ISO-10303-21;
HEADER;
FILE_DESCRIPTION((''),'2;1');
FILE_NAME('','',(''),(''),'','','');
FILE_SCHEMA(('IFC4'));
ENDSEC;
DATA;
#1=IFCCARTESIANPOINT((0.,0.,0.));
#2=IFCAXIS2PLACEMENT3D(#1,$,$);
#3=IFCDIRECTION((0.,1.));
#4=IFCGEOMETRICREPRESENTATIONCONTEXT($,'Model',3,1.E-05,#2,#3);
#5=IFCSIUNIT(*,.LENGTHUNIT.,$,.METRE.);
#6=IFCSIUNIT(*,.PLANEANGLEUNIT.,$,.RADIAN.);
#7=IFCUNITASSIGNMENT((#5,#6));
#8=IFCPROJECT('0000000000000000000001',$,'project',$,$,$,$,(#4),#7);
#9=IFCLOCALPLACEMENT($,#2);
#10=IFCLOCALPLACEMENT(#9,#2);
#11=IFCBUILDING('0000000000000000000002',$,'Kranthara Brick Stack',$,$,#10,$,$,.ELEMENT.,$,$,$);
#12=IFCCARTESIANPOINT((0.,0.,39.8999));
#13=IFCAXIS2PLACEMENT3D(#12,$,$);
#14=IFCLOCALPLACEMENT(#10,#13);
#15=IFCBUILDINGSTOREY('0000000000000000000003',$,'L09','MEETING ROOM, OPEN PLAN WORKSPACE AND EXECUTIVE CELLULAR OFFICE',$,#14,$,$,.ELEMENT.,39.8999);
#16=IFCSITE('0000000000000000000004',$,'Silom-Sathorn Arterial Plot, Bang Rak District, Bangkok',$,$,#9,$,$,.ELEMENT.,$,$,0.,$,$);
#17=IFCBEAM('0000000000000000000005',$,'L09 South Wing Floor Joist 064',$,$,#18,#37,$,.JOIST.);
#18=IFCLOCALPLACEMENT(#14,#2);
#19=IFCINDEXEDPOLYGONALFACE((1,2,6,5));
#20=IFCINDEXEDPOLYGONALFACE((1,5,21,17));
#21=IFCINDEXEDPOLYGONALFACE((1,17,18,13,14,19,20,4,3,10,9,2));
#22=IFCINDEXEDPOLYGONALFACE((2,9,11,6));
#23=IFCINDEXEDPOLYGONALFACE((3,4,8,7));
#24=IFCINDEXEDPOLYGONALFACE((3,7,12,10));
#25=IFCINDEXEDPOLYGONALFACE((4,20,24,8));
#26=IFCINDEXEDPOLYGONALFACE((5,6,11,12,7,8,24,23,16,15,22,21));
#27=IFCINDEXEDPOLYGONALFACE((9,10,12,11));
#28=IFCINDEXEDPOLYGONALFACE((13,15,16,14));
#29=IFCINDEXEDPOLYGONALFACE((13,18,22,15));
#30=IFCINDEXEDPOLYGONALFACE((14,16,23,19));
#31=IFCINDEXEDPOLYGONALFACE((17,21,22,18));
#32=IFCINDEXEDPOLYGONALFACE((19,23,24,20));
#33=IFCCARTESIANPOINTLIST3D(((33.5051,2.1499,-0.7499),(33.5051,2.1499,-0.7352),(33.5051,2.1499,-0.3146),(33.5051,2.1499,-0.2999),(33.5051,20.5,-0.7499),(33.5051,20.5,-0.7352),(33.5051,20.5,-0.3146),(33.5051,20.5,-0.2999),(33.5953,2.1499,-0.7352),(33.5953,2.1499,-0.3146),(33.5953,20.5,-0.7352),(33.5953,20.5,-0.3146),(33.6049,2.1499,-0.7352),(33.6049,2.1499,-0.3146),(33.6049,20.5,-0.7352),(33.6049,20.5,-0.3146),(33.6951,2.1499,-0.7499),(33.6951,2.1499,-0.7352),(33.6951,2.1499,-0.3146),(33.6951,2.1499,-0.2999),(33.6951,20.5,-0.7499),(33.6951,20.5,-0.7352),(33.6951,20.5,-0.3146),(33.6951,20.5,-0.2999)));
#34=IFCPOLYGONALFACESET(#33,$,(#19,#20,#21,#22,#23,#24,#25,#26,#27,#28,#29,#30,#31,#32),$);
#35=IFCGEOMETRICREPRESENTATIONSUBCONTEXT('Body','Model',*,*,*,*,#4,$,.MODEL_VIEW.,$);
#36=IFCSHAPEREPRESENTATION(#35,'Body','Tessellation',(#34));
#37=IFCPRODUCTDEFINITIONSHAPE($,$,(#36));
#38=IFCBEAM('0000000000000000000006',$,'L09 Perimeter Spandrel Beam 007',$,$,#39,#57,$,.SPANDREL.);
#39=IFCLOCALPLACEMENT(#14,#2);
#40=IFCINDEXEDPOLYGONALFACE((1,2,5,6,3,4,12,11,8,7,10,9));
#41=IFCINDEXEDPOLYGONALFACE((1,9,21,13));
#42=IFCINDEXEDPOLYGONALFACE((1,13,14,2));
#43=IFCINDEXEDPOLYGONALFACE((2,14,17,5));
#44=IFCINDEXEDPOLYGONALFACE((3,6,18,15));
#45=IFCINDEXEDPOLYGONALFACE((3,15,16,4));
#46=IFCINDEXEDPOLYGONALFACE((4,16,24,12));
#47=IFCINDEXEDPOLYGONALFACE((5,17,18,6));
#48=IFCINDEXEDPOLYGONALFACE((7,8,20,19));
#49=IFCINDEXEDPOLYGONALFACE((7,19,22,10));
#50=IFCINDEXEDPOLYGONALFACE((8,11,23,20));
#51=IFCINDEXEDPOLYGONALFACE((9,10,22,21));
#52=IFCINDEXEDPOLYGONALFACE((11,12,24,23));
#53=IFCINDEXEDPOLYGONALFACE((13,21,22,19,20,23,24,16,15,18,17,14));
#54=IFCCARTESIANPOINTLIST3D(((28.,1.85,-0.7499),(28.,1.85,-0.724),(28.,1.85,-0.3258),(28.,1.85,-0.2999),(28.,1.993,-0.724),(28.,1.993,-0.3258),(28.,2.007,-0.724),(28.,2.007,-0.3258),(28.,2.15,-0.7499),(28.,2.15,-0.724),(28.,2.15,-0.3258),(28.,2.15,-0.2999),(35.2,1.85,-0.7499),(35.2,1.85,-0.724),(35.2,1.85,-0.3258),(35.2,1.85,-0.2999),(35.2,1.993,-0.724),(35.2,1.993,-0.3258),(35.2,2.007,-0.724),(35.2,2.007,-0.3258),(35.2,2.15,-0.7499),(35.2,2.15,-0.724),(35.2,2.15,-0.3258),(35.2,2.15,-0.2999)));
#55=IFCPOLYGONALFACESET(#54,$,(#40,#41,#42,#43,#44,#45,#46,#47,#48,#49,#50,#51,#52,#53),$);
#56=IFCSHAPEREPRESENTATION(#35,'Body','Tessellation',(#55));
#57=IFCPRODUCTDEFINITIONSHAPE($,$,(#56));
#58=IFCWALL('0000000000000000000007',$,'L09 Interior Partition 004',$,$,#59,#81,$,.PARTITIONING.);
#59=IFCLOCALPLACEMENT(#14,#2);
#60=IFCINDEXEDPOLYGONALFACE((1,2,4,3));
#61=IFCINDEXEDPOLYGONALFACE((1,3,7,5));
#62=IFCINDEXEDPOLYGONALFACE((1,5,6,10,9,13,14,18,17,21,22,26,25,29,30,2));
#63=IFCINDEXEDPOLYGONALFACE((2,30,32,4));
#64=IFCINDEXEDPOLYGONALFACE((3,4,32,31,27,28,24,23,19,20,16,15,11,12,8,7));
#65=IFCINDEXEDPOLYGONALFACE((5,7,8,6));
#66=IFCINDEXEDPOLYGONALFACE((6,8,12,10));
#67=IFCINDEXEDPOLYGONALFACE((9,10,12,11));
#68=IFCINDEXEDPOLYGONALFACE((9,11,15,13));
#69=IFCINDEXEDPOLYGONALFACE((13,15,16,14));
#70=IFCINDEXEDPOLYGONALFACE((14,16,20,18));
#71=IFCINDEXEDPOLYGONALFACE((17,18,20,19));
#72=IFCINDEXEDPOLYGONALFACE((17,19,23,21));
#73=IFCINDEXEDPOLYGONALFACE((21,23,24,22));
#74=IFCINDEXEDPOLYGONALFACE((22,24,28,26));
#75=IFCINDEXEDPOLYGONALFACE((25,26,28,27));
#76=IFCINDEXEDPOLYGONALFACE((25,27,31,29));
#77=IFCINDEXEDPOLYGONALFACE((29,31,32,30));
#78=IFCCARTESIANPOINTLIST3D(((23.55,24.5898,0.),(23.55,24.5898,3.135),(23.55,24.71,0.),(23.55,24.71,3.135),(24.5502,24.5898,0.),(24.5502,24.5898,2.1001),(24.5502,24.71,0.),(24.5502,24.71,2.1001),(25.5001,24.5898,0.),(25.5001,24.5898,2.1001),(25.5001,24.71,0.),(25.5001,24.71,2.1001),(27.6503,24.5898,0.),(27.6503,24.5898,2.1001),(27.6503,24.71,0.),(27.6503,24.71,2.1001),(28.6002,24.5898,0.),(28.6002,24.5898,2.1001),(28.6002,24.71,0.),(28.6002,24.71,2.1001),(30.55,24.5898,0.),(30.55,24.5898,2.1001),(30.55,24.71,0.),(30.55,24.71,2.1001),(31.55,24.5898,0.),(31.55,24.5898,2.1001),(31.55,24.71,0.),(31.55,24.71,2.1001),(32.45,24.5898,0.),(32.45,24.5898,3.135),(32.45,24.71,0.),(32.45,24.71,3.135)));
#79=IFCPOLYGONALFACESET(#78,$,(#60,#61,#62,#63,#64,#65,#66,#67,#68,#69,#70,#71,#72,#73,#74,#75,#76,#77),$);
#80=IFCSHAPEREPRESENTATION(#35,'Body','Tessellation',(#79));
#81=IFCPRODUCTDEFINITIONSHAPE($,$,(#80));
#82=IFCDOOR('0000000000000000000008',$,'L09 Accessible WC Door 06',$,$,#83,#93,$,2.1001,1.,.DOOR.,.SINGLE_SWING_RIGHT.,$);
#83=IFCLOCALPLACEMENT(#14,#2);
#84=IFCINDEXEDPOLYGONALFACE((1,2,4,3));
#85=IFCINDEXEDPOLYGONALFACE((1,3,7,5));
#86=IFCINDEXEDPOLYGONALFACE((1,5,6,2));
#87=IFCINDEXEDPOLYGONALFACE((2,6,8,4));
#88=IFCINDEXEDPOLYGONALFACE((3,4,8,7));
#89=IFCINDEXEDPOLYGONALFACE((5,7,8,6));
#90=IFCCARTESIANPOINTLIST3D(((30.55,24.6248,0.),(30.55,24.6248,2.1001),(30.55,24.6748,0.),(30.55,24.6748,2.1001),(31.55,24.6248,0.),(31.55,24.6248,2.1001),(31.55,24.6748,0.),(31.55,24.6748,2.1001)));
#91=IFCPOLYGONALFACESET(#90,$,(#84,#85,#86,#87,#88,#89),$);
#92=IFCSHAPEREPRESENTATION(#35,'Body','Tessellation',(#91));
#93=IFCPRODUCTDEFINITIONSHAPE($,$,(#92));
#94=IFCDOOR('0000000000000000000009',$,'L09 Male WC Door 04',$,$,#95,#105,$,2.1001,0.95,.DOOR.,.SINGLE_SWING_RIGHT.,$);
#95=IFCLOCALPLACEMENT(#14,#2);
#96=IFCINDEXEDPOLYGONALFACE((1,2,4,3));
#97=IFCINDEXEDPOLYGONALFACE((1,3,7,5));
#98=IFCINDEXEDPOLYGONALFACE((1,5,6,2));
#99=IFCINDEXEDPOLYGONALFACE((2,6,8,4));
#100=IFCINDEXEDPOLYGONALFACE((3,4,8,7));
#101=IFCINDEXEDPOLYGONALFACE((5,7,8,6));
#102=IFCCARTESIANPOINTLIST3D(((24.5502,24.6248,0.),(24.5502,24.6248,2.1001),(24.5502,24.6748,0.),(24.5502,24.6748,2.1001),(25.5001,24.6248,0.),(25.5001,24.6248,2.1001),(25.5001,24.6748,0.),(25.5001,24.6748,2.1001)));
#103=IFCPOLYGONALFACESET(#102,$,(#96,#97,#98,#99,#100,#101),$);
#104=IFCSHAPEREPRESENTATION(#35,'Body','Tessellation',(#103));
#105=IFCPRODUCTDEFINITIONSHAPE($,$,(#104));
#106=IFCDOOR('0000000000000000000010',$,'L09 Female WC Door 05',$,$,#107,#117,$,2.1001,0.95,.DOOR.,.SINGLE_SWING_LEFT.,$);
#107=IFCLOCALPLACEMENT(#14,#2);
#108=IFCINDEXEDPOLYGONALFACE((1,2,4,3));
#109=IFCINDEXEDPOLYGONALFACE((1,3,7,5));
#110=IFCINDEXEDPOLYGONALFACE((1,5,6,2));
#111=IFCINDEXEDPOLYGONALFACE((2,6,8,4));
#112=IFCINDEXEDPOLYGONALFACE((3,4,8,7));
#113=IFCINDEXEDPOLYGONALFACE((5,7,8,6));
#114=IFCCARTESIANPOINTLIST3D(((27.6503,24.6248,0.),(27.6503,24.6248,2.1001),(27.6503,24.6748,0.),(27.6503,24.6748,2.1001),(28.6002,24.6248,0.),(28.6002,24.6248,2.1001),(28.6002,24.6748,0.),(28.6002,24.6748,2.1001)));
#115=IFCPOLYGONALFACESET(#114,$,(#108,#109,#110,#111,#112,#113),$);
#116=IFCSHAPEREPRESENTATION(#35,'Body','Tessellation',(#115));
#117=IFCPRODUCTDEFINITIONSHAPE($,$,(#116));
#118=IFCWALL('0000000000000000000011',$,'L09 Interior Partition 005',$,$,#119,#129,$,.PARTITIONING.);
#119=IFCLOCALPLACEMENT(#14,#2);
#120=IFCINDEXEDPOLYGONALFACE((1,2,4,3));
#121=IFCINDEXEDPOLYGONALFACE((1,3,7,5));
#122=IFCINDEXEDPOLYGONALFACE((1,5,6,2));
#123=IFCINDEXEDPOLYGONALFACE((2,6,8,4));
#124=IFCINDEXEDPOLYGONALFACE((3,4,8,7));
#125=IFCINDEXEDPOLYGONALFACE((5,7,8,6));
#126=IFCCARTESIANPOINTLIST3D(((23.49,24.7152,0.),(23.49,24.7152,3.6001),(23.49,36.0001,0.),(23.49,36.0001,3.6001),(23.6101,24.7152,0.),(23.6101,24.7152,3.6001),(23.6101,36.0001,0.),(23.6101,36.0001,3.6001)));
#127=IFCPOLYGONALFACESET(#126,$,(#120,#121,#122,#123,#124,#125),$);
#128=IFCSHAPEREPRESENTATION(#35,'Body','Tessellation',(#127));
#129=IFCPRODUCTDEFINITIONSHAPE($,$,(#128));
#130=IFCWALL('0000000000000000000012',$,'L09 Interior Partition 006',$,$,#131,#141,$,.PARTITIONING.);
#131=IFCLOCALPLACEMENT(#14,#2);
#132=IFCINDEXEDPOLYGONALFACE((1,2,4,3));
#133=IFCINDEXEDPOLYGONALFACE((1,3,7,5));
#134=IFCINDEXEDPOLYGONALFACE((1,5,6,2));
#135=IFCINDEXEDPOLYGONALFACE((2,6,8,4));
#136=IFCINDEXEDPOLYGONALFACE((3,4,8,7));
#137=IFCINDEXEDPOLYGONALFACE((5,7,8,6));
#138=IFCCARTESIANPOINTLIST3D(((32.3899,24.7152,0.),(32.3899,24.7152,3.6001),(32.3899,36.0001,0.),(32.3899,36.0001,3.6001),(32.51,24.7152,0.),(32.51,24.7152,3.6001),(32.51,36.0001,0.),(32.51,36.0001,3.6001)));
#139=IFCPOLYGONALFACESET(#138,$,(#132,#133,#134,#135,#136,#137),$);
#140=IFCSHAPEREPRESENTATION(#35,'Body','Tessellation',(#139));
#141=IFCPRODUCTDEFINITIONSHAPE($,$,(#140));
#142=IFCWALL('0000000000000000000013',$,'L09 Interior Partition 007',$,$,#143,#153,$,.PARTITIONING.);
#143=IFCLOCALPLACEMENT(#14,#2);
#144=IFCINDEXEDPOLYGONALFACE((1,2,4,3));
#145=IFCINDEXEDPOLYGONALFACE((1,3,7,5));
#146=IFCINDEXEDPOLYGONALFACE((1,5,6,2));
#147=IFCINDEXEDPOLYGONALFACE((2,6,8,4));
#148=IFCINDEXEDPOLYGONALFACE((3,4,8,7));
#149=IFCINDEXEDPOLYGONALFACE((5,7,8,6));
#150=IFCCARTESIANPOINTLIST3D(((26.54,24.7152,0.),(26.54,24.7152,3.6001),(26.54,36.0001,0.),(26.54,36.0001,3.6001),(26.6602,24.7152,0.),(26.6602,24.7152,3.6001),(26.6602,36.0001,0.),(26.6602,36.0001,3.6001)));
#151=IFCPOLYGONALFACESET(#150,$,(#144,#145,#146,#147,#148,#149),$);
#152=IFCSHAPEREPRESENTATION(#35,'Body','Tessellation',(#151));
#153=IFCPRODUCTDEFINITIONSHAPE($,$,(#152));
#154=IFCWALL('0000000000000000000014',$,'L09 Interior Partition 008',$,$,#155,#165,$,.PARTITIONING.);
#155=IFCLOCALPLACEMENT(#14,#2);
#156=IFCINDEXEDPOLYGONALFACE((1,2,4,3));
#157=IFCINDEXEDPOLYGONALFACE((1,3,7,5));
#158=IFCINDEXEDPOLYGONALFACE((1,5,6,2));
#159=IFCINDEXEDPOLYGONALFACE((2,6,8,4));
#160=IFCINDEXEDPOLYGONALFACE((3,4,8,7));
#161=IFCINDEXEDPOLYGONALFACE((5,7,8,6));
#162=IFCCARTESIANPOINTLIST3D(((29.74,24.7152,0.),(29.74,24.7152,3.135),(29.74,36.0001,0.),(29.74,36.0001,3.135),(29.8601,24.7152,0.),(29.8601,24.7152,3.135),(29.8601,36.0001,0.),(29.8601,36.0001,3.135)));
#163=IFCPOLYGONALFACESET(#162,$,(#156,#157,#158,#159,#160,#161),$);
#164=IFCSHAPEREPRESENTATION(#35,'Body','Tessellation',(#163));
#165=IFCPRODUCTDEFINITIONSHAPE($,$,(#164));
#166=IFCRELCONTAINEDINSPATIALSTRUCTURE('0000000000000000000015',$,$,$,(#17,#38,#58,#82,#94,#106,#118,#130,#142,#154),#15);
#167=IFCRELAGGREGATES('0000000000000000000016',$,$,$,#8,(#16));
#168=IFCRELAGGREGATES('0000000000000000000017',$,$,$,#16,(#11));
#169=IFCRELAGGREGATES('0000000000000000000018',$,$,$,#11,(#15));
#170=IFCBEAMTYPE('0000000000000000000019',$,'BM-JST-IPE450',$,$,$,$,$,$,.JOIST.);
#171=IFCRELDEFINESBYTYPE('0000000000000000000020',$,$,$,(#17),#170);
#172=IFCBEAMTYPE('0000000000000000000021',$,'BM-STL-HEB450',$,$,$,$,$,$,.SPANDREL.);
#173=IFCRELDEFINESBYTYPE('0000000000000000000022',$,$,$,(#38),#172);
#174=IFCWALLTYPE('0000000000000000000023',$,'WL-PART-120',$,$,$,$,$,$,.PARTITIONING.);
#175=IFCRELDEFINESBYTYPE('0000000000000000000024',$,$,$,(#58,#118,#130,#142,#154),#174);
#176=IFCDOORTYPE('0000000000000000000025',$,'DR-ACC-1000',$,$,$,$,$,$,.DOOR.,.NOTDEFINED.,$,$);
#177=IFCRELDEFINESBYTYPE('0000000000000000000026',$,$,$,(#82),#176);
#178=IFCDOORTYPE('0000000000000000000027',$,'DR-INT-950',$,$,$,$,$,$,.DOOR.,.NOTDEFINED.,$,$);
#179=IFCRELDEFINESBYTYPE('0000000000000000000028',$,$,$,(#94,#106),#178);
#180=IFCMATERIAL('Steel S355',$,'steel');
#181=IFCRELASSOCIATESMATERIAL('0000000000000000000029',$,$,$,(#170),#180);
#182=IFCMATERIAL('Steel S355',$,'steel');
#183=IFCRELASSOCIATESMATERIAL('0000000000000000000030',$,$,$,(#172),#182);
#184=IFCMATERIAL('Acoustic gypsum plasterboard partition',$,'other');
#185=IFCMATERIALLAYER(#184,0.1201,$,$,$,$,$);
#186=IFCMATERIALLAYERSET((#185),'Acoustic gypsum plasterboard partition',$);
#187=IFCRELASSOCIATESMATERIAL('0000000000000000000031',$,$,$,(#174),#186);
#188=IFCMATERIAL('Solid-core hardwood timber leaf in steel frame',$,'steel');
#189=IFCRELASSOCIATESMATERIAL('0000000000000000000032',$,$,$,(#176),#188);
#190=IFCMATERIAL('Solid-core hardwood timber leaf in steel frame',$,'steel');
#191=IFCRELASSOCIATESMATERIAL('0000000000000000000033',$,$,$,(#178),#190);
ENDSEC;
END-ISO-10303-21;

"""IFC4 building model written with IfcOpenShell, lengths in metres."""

from ifc_helpers import new_model, si_unit, direction, frame, frame_2d, origin, origin_2d, place, context, subcontext, project, spatial, rectangle, i_section, extrude, material, layer, layer_set, material_profile, profile_set, type_object, element, fill, save


model = new_model("IFC4")

# Units and contexts
model_context = context("Model", 3, precision=1e-05, world=origin(), true_north=direction((0.0, 1.0)))
body_context = subcontext(model_context, "Body", "Model", "MODEL_VIEW")
ifc_project = project(units=[si_unit("LENGTHUNIT", "METRE"), si_unit("PLANEANGLEUNIT", "RADIAN")], contexts=[model_context])

# Site, building, storey
site_placement = place(None, origin())
site = spatial("IfcSite", under=ifc_project, at=site_placement, Name="Silom-Sathorn Arterial Plot, Bang Rak District, Bangkok", CompositionType="ELEMENT", RefElevation=0.0)
building_placement = place(site_placement, origin())
building = spatial("IfcBuilding", under=site, at=building_placement, Name="Kranthara Brick Stack", CompositionType="ELEMENT")
storey_placement = place(building_placement, frame((0.0, 0.0, 39.8999)))
storey = spatial("IfcBuildingStorey", under=building, at=storey_placement, Name="L09", Description="MEETING ROOM, OPEN PLAN WORKSPACE AND EXECUTIVE CELLULAR OFFICE", CompositionType="ELEMENT", Elevation=39.8999)

# Beams
ifc_material_1 = material(Name="Steel S355", Category="steel")
ifc_material_profile_1 = material_profile(ifc_material_1, i_section(OverallWidth=0.1899, OverallDepth=0.45, WebThickness=0.0095, FlangeThickness=0.0146, at=origin_2d()), Name="IPE 450")
ifc_profile_set_1 = profile_set([ifc_material_profile_1], Name="Steel S355")
beam_type_1 = type_object("IfcBeamType", Name="BM-JST-IPE450", PredefinedType="JOIST", material=ifc_profile_set_1)
for number, where, z_axis, x_axis, name in (
    (1, (33.6001, 2.1499, -0.5249), (0.0, 1.0, 0.0), (-1.0, 0.0, 0.0), "L09 South Wing Floor Joist 064"),
):
    element("IfcBeam", number, at=place(storey_placement, frame(where, z_axis=z_axis, x_axis=x_axis)), inside=storey, type_object=beam_type_1, Name=name, PredefinedType="JOIST", context=body_context, shape_type="SweptSolid", body=[
        extrude(i_section(OverallWidth=0.1899, OverallDepth=0.45, WebThickness=0.0095, FlangeThickness=0.0146, at=origin_2d()), origin(), (0.0, 0.0, 1.0), 18.3501),
    ])
ifc_material_2 = material(Name="Steel S355", Category="steel")
ifc_material_profile_2 = material_profile(ifc_material_2, i_section(OverallWidth=0.3, OverallDepth=0.45, WebThickness=0.0139, FlangeThickness=0.0259, at=origin_2d()), Name="HEB 450")
ifc_profile_set_2 = profile_set([ifc_material_profile_2], Name="Steel S355")
beam_type_2 = type_object("IfcBeamType", Name="BM-STL-HEB450", PredefinedType="SPANDREL", material=ifc_profile_set_2)
beam_1_placement = place(storey_placement, frame((28.0, 2.0, -0.5249), z_axis=(1.0, 0.0, 0.0), x_axis=(0.0, 1.0, 0.0)))
element("IfcBeam", 2, at=beam_1_placement, inside=storey, type_object=beam_type_2, Name="L09 Perimeter Spandrel Beam 007", PredefinedType="SPANDREL", context=body_context, shape_type="SweptSolid", body=[
    extrude(i_section(OverallWidth=0.3, OverallDepth=0.45, WebThickness=0.0139, FlangeThickness=0.0259, at=origin_2d()), origin(), (0.0, 0.0, 1.0), 7.2),
])

# Wall, openings, doors
ifc_material_3 = material(Name="Acoustic gypsum plasterboard partition", Category="other")
ifc_layer = layer(ifc_material_3, 0.1201)
ifc_layer_set = layer_set([ifc_layer], Name="Acoustic gypsum plasterboard partition")
wall_type = type_object("IfcWallType", Name="WL-PART-120", PredefinedType="PARTITIONING", material=ifc_layer_set)
wall_1_placement = place(storey_placement, frame((23.55, 24.6499, 0.0), z_axis=(0.0, 0.0, 1.0), x_axis=(1.0, 0.0, 0.0)))
wall_1 = element("IfcWall", 3, at=wall_1_placement, inside=storey, type_object=wall_type, Name="L09 Interior Partition 004", PredefinedType="PARTITIONING", context=body_context, shape_type="SweptSolid", body=[
    extrude(rectangle(XDim=8.8999, YDim=0.1201, at=frame_2d((4.45, 0.0))), origin(), (0.0, 0.0, 1.0), 3.135),
])
opening_1_placement = place(wall_1_placement, frame((1.0, 0.0, 0.0)))
opening_1 = element("IfcOpeningElement", 4, at=opening_1_placement, cuts=wall_1, PredefinedType="OPENING", context=body_context, shape_type="SweptSolid", body=[
    extrude(rectangle(XDim=0.95, YDim=2.1001, at=frame_2d((0.4751, 1.05))), frame((0.0, 0.0701, 0.0), z_axis=(0.0, -1.0, 0.0), x_axis=(1.0, 0.0, 0.0)), (0.0, 0.0, 1.0), 0.1401),
])
opening_2_placement = place(wall_1_placement, frame((4.1001, 0.0, 0.0)))
opening_2 = element("IfcOpeningElement", 5, at=opening_2_placement, cuts=wall_1, PredefinedType="OPENING", context=body_context, shape_type="SweptSolid", body=[
    extrude(rectangle(XDim=0.95, YDim=2.1001, at=frame_2d((0.4751, 1.05))), frame((0.0, 0.0701, 0.0), z_axis=(0.0, -1.0, 0.0), x_axis=(1.0, 0.0, 0.0)), (0.0, 0.0, 1.0), 0.1401),
])
opening_3_placement = place(wall_1_placement, frame((7.0, 0.0, 0.0)))
opening_3 = element("IfcOpeningElement", 6, at=opening_3_placement, cuts=wall_1, PredefinedType="OPENING", context=body_context, shape_type="SweptSolid", body=[
    extrude(rectangle(XDim=1.0, YDim=2.1001, at=frame_2d((0.5, 1.05))), frame((0.0, 0.0701, 0.0), z_axis=(0.0, -1.0, 0.0), x_axis=(1.0, 0.0, 0.0)), (0.0, 0.0, 1.0), 0.1401),
])
ifc_material_4 = material(Name="Solid-core hardwood timber leaf in steel frame", Category="steel")
door_type_1 = type_object("IfcDoorType", Name="DR-ACC-1000", OperationType="NOTDEFINED", PredefinedType="DOOR", material=ifc_material_4)
door_1_placement = place(opening_3_placement, origin())
door_1 = element("IfcDoor", 7, at=door_1_placement, inside=storey, type_object=door_type_1, Name="L09 Accessible WC Door 06", OperationType="SINGLE_SWING_RIGHT", OverallHeight=2.1001, OverallWidth=1.0, PredefinedType="DOOR", context=body_context, shape_type="SweptSolid", body=[
    extrude(rectangle(XDim=1.0, YDim=2.1001, at=frame_2d((0.5, 1.05))), frame((0.0, 0.0249, 0.0), z_axis=(0.0, -1.0, 0.0), x_axis=(1.0, 0.0, 0.0)), (0.0, 0.0, 1.0), 0.05),
])
fill(opening_3, door_1)
ifc_material_5 = material(Name="Solid-core hardwood timber leaf in steel frame", Category="steel")
door_type_2 = type_object("IfcDoorType", Name="DR-INT-950", OperationType="NOTDEFINED", PredefinedType="DOOR", material=ifc_material_5)
door_2_placement = place(opening_1_placement, origin())
door_2 = element("IfcDoor", 8, at=door_2_placement, inside=storey, type_object=door_type_2, Name="L09 Male WC Door 04", OperationType="SINGLE_SWING_RIGHT", OverallHeight=2.1001, OverallWidth=0.95, PredefinedType="DOOR", context=body_context, shape_type="SweptSolid", body=[
    extrude(rectangle(XDim=0.95, YDim=2.1001, at=frame_2d((0.4751, 1.05))), frame((0.0, 0.0249, 0.0), z_axis=(0.0, -1.0, 0.0), x_axis=(1.0, 0.0, 0.0)), (0.0, 0.0, 1.0), 0.05),
])
fill(opening_1, door_2)
door_3_placement = place(opening_2_placement, origin())
door_3 = element("IfcDoor", 9, at=door_3_placement, inside=storey, type_object=door_type_2, Name="L09 Female WC Door 05", OperationType="SINGLE_SWING_LEFT", OverallHeight=2.1001, OverallWidth=0.95, PredefinedType="DOOR", context=body_context, shape_type="SweptSolid", body=[
    extrude(rectangle(XDim=0.95, YDim=2.1001, at=frame_2d((0.4751, 1.05))), frame((0.0, 0.0249, 0.0), z_axis=(0.0, -1.0, 0.0), x_axis=(1.0, 0.0, 0.0)), (0.0, 0.0, 1.0), 0.05),
])
fill(opening_2, door_3)

# Walls
for number, where, z_axis, x_axis, name in (
    (10, (23.55, 24.7151, 0.0), (0.0, 0.0, 1.0), (0.0, 1.0, 0.0), "L09 Interior Partition 005"),
    (11, (32.45, 24.7151, 0.0), (0.0, 0.0, 1.0), (0.0, 1.0, 0.0), "L09 Interior Partition 006"),
    (12, (26.6001, 24.7151, 0.0), (0.0, 0.0, 1.0), (0.0, 1.0, 0.0), "L09 Interior Partition 007"),
):
    element("IfcWall", number, at=place(storey_placement, frame(where, z_axis=z_axis, x_axis=x_axis)), inside=storey, type_object=wall_type, Name=name, PredefinedType="PARTITIONING", context=body_context, shape_type="SweptSolid", body=[
        extrude(rectangle(XDim=11.2849, YDim=0.1201, at=frame_2d((5.6426, 0.0))), origin(), (0.0, 0.0, 1.0), 3.6001),
    ])
wall_2_placement = place(storey_placement, frame((29.8, 24.7151, 0.0), z_axis=(0.0, 0.0, 1.0), x_axis=(0.0, 1.0, 0.0)))
element("IfcWall", 13, at=wall_2_placement, inside=storey, type_object=wall_type, Name="L09 Interior Partition 008", PredefinedType="PARTITIONING", context=body_context, shape_type="SweptSolid", body=[
    extrude(rectangle(XDim=11.2849, YDim=0.1201, at=frame_2d((5.6426, 0.0))), origin(), (0.0, 0.0, 1.0), 3.135),
])

save(model, "model.ifc")
